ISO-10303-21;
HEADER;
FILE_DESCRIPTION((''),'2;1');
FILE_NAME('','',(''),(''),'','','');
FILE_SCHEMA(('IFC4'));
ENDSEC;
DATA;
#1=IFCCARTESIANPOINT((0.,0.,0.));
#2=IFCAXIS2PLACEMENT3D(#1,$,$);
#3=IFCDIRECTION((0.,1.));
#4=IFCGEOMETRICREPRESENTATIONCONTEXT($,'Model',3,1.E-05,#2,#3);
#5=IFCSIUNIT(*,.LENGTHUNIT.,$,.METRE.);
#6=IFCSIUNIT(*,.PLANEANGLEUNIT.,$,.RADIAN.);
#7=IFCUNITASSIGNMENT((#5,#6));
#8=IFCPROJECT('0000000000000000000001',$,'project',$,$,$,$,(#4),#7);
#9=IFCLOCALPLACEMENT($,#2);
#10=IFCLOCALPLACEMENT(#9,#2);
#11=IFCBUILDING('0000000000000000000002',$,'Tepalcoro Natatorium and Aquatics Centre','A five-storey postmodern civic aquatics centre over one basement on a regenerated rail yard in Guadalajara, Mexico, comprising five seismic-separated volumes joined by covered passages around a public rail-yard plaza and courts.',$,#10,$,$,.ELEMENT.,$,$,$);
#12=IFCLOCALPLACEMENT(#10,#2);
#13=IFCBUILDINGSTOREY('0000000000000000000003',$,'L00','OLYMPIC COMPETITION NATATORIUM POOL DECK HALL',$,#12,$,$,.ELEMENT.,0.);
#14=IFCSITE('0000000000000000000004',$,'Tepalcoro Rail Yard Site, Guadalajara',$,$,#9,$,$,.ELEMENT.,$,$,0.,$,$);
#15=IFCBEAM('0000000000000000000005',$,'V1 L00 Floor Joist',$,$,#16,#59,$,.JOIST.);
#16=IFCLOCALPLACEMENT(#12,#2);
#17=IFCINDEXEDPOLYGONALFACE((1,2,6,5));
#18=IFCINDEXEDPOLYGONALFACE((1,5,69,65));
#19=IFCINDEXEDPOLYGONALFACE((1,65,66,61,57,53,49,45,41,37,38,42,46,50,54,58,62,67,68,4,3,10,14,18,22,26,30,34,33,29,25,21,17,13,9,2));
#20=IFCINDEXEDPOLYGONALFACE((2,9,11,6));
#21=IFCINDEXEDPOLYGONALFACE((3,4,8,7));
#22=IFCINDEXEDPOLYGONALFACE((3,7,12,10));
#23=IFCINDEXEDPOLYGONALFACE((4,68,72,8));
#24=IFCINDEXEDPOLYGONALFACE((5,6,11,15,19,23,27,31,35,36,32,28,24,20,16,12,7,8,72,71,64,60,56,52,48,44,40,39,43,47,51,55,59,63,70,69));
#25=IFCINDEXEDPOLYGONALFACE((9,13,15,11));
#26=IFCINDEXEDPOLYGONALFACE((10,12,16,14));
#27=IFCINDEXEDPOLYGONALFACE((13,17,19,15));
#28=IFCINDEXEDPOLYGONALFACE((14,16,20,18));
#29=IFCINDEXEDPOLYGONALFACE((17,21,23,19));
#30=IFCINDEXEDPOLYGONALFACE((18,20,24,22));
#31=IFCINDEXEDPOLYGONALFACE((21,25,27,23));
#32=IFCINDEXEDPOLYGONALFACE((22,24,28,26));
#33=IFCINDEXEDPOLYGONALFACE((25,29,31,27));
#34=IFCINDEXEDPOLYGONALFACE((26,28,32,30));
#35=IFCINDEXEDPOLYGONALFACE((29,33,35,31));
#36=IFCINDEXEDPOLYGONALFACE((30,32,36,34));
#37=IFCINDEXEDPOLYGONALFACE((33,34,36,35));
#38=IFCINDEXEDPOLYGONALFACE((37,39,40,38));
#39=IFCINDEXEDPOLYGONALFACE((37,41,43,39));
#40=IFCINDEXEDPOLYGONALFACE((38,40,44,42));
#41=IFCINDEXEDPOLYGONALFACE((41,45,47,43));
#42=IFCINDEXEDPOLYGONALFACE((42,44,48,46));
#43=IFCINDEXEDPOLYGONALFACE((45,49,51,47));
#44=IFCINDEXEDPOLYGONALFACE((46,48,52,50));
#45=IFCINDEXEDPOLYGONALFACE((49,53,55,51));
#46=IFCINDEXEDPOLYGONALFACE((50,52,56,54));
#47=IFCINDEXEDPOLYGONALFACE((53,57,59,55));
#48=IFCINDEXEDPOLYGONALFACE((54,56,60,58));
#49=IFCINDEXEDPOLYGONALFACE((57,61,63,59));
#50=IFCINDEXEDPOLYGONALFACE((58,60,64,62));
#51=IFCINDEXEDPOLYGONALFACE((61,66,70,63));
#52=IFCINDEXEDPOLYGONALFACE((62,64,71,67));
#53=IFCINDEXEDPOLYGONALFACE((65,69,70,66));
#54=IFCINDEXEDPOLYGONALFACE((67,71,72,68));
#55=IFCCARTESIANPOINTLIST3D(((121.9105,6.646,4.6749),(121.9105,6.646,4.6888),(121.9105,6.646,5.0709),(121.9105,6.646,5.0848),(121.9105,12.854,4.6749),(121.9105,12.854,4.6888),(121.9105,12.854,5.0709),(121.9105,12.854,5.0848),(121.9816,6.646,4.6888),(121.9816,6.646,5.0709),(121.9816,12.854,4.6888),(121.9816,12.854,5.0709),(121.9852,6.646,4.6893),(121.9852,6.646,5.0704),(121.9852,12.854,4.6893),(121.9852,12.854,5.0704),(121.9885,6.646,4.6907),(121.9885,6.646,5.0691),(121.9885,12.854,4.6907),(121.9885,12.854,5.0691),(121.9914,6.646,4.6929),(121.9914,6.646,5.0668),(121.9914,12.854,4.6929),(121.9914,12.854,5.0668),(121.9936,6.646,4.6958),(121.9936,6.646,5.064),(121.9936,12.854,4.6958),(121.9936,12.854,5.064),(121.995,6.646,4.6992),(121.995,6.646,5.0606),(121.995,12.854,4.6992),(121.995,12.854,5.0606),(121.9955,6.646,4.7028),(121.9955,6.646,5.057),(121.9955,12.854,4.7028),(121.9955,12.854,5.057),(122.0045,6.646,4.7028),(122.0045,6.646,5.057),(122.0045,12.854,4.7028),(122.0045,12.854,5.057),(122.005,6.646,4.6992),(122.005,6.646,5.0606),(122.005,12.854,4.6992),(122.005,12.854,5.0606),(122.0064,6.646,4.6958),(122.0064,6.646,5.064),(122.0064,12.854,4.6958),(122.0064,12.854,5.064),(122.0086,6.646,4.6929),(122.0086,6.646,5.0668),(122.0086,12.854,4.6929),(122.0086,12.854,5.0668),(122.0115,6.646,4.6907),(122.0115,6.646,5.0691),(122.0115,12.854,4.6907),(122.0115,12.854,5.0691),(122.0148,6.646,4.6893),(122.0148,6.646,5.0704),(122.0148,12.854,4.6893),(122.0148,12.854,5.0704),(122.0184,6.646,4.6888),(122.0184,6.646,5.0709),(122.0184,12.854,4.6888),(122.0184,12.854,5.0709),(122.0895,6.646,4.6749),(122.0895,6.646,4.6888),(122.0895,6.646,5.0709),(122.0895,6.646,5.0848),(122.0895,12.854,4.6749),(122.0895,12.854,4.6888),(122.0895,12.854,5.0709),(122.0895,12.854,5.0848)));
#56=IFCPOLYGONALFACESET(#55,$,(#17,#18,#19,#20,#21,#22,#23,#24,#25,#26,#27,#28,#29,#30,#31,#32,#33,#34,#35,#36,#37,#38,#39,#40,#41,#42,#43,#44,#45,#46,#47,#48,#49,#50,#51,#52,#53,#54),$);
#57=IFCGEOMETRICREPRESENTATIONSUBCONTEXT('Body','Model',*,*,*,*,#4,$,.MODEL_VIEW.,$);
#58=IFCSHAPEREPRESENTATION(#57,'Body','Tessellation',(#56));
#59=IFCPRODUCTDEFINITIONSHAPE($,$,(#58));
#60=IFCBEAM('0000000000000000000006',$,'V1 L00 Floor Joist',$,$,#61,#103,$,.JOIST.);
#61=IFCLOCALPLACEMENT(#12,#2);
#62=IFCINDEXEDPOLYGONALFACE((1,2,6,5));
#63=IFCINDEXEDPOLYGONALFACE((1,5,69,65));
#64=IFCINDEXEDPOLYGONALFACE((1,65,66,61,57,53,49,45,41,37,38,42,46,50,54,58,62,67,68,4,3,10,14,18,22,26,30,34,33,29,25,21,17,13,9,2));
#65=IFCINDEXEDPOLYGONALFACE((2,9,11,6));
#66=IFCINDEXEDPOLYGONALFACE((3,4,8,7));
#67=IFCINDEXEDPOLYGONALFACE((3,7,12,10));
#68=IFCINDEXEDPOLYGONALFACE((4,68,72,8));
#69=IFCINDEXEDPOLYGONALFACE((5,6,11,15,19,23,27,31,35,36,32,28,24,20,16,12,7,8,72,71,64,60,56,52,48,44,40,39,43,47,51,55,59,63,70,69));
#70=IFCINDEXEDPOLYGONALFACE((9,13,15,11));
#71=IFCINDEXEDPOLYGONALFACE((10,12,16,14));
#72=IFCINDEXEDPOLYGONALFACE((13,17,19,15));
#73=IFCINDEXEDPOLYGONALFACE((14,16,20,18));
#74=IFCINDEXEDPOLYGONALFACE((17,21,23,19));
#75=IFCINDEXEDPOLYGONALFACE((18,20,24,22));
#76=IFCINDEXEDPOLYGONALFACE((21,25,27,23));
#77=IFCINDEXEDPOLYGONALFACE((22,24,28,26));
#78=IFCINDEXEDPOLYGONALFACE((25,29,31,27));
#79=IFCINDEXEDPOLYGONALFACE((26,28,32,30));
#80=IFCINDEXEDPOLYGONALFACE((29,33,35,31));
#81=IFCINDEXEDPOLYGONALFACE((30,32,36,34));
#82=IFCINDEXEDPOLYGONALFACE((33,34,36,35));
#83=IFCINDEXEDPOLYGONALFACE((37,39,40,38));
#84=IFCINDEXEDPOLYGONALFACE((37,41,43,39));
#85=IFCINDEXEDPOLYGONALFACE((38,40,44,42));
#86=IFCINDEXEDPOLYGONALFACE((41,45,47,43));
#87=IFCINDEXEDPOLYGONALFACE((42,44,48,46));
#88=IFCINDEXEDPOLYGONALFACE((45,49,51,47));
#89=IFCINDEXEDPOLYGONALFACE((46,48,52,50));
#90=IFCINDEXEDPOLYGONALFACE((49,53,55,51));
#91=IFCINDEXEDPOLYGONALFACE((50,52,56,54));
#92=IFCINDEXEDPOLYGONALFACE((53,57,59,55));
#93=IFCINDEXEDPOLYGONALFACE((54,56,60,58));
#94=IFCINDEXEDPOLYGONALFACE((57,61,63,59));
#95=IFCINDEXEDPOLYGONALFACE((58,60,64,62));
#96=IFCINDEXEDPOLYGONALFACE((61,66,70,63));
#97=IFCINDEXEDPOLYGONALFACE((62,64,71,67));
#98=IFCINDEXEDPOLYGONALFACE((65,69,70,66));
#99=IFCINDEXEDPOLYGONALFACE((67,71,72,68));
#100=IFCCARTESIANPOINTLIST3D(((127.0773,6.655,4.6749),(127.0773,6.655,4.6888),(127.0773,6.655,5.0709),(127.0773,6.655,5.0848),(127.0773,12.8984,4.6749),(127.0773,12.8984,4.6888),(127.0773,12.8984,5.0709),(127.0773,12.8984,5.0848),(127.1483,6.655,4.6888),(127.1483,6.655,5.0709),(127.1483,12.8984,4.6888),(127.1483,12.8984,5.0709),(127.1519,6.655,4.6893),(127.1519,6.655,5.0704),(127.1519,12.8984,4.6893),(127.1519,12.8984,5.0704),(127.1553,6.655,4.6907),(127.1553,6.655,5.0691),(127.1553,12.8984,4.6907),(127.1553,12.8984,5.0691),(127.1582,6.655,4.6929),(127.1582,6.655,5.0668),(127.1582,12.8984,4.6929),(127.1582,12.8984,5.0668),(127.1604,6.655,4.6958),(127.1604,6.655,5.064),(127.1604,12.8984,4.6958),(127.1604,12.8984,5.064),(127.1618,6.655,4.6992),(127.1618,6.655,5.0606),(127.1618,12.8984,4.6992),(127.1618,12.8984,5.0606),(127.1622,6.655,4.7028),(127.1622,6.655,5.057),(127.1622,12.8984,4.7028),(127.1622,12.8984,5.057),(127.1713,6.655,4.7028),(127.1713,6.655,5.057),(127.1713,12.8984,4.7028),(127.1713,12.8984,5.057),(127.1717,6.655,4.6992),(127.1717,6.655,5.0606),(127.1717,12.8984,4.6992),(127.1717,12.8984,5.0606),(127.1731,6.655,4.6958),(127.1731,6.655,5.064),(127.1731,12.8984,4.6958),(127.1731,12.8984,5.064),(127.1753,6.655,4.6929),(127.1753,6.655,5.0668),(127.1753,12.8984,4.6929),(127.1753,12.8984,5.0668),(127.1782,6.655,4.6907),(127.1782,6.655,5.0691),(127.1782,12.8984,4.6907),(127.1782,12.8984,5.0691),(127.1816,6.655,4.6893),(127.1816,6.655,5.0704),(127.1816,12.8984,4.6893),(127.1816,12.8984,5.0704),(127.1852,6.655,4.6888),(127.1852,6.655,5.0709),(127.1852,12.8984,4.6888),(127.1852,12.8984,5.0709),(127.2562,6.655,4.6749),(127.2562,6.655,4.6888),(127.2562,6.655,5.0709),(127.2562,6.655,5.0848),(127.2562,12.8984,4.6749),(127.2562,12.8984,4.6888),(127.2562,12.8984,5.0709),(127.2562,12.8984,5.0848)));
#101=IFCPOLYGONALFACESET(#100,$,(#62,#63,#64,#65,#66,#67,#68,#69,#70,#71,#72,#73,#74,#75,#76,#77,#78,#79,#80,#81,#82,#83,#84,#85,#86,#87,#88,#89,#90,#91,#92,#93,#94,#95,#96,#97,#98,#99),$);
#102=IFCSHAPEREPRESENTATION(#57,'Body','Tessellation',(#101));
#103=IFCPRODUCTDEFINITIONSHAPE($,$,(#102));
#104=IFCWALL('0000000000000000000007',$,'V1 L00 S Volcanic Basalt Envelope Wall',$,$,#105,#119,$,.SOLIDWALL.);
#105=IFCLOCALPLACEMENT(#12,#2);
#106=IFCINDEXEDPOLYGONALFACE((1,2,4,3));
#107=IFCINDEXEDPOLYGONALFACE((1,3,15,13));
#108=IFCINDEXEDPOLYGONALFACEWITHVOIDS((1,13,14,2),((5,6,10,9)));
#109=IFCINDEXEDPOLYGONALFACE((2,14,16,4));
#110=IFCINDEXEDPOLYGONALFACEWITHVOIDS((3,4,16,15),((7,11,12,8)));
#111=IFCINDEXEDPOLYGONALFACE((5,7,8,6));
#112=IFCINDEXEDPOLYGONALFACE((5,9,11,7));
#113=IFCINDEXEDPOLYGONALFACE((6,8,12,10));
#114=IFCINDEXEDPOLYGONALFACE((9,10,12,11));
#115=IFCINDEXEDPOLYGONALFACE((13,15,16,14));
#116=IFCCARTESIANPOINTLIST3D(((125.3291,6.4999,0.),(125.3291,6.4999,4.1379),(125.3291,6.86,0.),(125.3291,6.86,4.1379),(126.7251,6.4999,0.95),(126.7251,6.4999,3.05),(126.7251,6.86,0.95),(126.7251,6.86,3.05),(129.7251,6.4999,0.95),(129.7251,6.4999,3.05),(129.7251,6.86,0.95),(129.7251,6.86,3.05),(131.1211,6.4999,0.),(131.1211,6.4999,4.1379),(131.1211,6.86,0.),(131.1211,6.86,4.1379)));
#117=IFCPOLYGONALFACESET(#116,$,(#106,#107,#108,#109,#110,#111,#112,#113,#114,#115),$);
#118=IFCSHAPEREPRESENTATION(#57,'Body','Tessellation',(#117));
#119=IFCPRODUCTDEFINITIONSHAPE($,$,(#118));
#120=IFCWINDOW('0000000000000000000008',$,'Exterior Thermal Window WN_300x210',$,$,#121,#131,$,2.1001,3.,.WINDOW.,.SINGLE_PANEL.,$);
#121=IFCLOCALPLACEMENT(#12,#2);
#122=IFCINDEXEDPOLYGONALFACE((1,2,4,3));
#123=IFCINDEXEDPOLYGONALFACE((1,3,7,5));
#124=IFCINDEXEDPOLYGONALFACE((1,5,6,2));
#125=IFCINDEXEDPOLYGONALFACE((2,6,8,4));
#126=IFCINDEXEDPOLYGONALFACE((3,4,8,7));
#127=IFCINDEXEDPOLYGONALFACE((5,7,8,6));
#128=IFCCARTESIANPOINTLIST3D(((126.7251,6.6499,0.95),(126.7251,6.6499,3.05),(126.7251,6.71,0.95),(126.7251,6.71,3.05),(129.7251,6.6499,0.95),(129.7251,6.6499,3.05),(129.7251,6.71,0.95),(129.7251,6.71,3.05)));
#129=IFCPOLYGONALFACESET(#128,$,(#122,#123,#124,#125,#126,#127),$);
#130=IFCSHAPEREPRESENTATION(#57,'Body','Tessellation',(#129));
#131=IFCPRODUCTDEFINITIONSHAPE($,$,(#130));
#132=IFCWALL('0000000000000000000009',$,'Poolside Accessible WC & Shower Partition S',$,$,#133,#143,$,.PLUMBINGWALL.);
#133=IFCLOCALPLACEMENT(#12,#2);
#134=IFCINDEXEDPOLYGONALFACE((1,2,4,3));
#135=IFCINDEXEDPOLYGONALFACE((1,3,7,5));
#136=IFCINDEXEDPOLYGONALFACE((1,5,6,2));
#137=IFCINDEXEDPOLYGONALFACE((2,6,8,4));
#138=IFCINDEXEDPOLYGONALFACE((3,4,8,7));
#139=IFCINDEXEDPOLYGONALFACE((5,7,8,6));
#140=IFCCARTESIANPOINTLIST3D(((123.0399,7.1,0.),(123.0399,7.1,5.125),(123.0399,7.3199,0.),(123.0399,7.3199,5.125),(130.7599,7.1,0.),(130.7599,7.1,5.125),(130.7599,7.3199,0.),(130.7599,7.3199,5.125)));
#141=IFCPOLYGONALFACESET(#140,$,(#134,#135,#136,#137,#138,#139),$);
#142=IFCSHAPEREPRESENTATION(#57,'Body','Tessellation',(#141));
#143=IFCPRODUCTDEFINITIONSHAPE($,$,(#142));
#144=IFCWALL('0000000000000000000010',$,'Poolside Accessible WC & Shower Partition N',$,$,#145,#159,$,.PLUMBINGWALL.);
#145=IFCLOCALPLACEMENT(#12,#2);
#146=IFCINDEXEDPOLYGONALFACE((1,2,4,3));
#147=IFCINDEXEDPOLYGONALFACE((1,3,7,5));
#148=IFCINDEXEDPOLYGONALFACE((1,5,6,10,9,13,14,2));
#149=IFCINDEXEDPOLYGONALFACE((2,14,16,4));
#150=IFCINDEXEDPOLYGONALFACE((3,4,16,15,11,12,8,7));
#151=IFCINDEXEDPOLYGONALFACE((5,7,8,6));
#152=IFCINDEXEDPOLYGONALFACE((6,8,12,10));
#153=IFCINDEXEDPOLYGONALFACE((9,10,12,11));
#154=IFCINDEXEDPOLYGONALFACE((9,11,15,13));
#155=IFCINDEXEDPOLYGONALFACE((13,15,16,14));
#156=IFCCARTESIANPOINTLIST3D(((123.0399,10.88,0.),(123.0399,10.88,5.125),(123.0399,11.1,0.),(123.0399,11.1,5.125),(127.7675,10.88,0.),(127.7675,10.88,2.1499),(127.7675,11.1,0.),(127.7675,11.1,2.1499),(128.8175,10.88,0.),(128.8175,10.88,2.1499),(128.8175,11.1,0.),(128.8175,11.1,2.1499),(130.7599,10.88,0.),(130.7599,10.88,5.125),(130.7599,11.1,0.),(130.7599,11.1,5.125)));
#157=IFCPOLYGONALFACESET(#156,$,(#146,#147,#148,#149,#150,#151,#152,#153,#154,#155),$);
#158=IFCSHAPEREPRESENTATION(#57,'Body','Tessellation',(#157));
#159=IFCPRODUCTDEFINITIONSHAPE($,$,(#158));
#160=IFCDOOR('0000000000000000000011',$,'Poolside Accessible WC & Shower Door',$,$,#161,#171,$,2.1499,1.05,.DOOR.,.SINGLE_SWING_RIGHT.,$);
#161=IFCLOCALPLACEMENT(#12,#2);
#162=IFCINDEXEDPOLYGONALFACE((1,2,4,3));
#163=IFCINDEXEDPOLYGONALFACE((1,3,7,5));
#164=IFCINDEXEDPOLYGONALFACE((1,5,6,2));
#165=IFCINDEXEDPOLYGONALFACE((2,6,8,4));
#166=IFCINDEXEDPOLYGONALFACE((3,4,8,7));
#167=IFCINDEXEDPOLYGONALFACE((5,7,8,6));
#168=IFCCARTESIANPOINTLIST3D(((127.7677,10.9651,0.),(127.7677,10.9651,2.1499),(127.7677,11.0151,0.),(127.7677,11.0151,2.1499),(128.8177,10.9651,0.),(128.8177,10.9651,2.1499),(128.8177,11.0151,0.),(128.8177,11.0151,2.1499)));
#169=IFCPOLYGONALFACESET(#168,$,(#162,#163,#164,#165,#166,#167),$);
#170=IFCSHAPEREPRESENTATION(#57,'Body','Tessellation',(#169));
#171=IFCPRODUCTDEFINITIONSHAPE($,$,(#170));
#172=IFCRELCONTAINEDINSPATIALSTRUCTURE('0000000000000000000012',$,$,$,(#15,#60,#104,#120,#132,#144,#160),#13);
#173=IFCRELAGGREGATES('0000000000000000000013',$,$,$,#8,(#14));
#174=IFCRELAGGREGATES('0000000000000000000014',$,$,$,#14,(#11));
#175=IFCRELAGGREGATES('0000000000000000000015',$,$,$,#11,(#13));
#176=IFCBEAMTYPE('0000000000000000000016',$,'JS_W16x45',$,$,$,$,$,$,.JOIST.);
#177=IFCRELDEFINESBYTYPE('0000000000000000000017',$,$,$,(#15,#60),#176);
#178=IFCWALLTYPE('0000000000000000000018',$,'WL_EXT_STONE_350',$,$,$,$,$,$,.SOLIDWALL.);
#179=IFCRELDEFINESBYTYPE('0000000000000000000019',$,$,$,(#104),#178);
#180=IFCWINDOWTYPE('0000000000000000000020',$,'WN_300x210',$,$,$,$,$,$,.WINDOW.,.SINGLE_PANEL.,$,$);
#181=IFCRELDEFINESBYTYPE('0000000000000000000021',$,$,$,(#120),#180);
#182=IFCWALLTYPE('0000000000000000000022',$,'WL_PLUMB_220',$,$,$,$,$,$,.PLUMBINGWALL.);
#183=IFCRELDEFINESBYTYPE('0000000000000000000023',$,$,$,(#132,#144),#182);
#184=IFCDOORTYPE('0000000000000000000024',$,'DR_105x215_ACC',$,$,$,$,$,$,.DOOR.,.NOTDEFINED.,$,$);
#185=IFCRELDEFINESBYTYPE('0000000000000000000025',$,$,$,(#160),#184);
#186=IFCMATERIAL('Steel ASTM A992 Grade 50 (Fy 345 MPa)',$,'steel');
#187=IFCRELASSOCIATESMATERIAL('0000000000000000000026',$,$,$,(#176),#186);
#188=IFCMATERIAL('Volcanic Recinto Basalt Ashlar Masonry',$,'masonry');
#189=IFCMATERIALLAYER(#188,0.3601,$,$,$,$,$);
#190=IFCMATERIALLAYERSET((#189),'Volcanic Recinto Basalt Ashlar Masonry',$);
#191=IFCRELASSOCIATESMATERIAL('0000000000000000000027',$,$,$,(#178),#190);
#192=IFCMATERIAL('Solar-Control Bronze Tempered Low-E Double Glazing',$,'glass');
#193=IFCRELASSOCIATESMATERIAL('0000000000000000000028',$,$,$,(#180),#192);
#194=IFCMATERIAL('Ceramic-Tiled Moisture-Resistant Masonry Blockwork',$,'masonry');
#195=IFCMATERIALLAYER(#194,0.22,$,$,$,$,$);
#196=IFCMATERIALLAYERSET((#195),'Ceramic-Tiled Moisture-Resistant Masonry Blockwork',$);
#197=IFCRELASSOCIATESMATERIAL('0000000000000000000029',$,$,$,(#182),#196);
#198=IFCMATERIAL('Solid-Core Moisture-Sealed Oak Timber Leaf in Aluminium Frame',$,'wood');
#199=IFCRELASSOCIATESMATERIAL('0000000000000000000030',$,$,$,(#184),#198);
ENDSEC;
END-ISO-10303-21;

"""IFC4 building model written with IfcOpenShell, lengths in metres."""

from ifc_helpers import new_model, si_unit, direction, frame, frame_2d, origin, origin_2d, place, context, subcontext, project, spatial, rectangle, i_section, extrude, material, layer, layer_set, material_profile, profile_set, type_object, element, fill, save


model = new_model("IFC4")

# Units and contexts
model_context = context("Model", 3, precision=1e-05, world=origin(), true_north=direction((0.0, 1.0)))
body_context = subcontext(model_context, "Body", "Model", "MODEL_VIEW")
ifc_project = project(units=[si_unit("LENGTHUNIT", "METRE"), si_unit("PLANEANGLEUNIT", "RADIAN")], contexts=[model_context])

# Site, building, storey
site_placement = place(None, origin())
site = spatial("IfcSite", under=ifc_project, at=site_placement, Name="Tepalcoro Rail Yard Site, Guadalajara", CompositionType="ELEMENT", RefElevation=0.0)
building_placement = place(site_placement, origin())
building = spatial("IfcBuilding", under=site, at=building_placement, Name="Tepalcoro Natatorium and Aquatics Centre", Description="A five-storey postmodern civic aquatics centre over one basement on a regenerated rail yard in Guadalajara, Mexico, comprising five seismic-separated volumes joined by covered passages around a public rail-yard plaza and courts.", CompositionType="ELEMENT")
storey_placement = place(building_placement, origin())
storey = spatial("IfcBuildingStorey", under=building, at=storey_placement, Name="L00", Description="OLYMPIC COMPETITION NATATORIUM POOL DECK HALL", CompositionType="ELEMENT", Elevation=0.0)

# Beams
ifc_material_1 = material(Name="Steel ASTM A992 Grade 50 (Fy 345 MPa)", Category="steel")
ifc_material_profile_1 = material_profile(ifc_material_1, i_section(OverallWidth=0.179, OverallDepth=0.4099, WebThickness=0.009, FlangeThickness=0.0139, FilletRadius=0.0139, at=origin_2d()), Name="W16X45")
ifc_profile_set_1 = profile_set([ifc_material_profile_1], Name="Steel ASTM A992 Grade 50 (Fy 345 MPa)")
beam_type_1 = type_object("IfcBeamType", Name="JS_W16x45", PredefinedType="JOIST", material=ifc_profile_set_1)
beam_1_placement = place(storey_placement, frame((122.0, 6.646, 4.8799), z_axis=(0.0, 1.0, 0.0), x_axis=(-1.0, 0.0, 0.0)))
element("IfcBeam", 1, at=beam_1_placement, inside=storey, type_object=beam_type_1, Name="V1 L00 Floor Joist", PredefinedType="JOIST", context=body_context, shape_type="SweptSolid", body=[
    extrude(i_section(OverallWidth=0.179, OverallDepth=0.4099, WebThickness=0.009, FlangeThickness=0.0139, FilletRadius=0.0139, at=origin_2d()), origin(), (0.0, 0.0, 1.0), 6.208),
])
beam_2_placement = place(storey_placement, frame((127.1667, 6.655, 4.8799), z_axis=(0.0, 1.0, 0.0), x_axis=(-1.0, 0.0, 0.0)))
element("IfcBeam", 2, at=beam_2_placement, inside=storey, type_object=beam_type_1, Name="V1 L00 Floor Joist", PredefinedType="JOIST", context=body_context, shape_type="SweptSolid", body=[
    extrude(i_section(OverallWidth=0.179, OverallDepth=0.4099, WebThickness=0.009, FlangeThickness=0.0139, FilletRadius=0.0139, at=origin_2d()), origin(), (0.0, 0.0, 1.0), 6.2434),
])

# Wall, opening, window
ifc_material_2 = material(Name="Volcanic Recinto Basalt Ashlar Masonry", Category="masonry")
ifc_layer_1 = layer(ifc_material_2, 0.3601)
ifc_layer_set_1 = layer_set([ifc_layer_1], Name="Volcanic Recinto Basalt Ashlar Masonry")
wall_type_1 = type_object("IfcWallType", Name="WL_EXT_STONE_350", PredefinedType="SOLIDWALL", material=ifc_layer_set_1)
wall_1_placement = place(storey_placement, frame((125.3291, 6.6799, 0.0), z_axis=(0.0, 0.0, 1.0), x_axis=(1.0, 0.0, 0.0)))
wall_1 = element("IfcWall", 3, at=wall_1_placement, inside=storey, type_object=wall_type_1, Name="V1 L00 S Volcanic Basalt Envelope Wall", PredefinedType="SOLIDWALL", context=body_context, shape_type="SweptSolid", body=[
    extrude(rectangle(XDim=5.792, YDim=0.3601, at=frame_2d((2.896, 0.0))), origin(), (0.0, 0.0, 1.0), 4.1379),
])
opening_1_placement = place(wall_1_placement, frame((1.396, 0.0, 0.95)))
opening_1 = element("IfcOpeningElement", 4, at=opening_1_placement, cuts=wall_1, PredefinedType="OPENING", context=body_context, shape_type="SweptSolid", body=[
    extrude(rectangle(XDim=3.0, YDim=2.1001, at=frame_2d((1.5, 1.05))), frame((0.0, 0.1919, 0.0), z_axis=(0.0, -1.0, 0.0), x_axis=(1.0, 0.0, 0.0)), (0.0, 0.0, 1.0), 0.384),
])
ifc_material_3 = material(Name="Solar-Control Bronze Tempered Low-E Double Glazing", Category="glass")
window_type = type_object("IfcWindowType", Name="WN_300x210", PartitioningType="SINGLE_PANEL", PredefinedType="WINDOW", material=ifc_material_3)
window_placement = place(opening_1_placement, origin())
window = element("IfcWindow", 5, at=window_placement, inside=storey, type_object=window_type, Name="Exterior Thermal Window WN_300x210", OverallHeight=2.1001, OverallWidth=3.0, PartitioningType="SINGLE_PANEL", PredefinedType="WINDOW", context=body_context, shape_type="SweptSolid", body=[
    extrude(rectangle(XDim=3.0, YDim=2.1001, at=frame_2d((1.5, 1.05))), frame((0.0, 0.03, 0.0), z_axis=(0.0, -1.0, 0.0), x_axis=(1.0, 0.0, 0.0)), (0.0, 0.0, 1.0), 0.0601),
])
fill(opening_1, window)

# Wall
ifc_material_4 = material(Name="Ceramic-Tiled Moisture-Resistant Masonry Blockwork", Category="masonry")
ifc_layer_2 = layer(ifc_material_4, 0.22)
ifc_layer_set_2 = layer_set([ifc_layer_2], Name="Ceramic-Tiled Moisture-Resistant Masonry Blockwork")
wall_type_2 = type_object("IfcWallType", Name="WL_PLUMB_220", PredefinedType="PLUMBINGWALL", material=ifc_layer_set_2)
wall_2_placement = place(storey_placement, frame((123.04, 7.21, 0.0), z_axis=(0.0, 0.0, 1.0), x_axis=(1.0, 0.0, 0.0)))
element("IfcWall", 6, at=wall_2_placement, inside=storey, type_object=wall_type_2, Name="Poolside Accessible WC & Shower Partition S", PredefinedType="PLUMBINGWALL", context=body_context, shape_type="SweptSolid", body=[
    extrude(rectangle(XDim=7.72, YDim=0.22, at=frame_2d((3.8599, 0.0))), origin(), (0.0, 0.0, 1.0), 5.125),
])

# Wall, opening, door
wall_3_placement = place(storey_placement, frame((123.04, 10.99, 0.0), z_axis=(0.0, 0.0, 1.0), x_axis=(1.0, 0.0, 0.0)))
wall_3 = element("IfcWall", 7, at=wall_3_placement, inside=storey, type_object=wall_type_2, Name="Poolside Accessible WC & Shower Partition N", PredefinedType="PLUMBINGWALL", context=body_context, shape_type="SweptSolid", body=[
    extrude(rectangle(XDim=7.72, YDim=0.22, at=frame_2d((3.8599, 0.0))), origin(), (0.0, 0.0, 1.0), 5.125),
])
opening_2_placement = place(wall_3_placement, frame((4.7275, 0.0, 0.0)))
opening_2 = element("IfcOpeningElement", 8, at=opening_2_placement, cuts=wall_3, PredefinedType="OPENING", context=body_context, shape_type="SweptSolid", body=[
    extrude(rectangle(XDim=1.05, YDim=2.1499, at=frame_2d((0.5249, 1.075))), frame((0.0, 0.1221, 0.0), z_axis=(0.0, -1.0, 0.0), x_axis=(1.0, 0.0, 0.0)), (0.0, 0.0, 1.0), 0.2439),
])
ifc_material_5 = material(Name="Solid-Core Moisture-Sealed Oak Timber Leaf in Aluminium Frame", Category="wood")
door_type = type_object("IfcDoorType", Name="DR_105x215_ACC", OperationType="NOTDEFINED", PredefinedType="DOOR", material=ifc_material_5)
door_placement = place(opening_2_placement, frame((1.05, 0.0, 0.0), z_axis=(0.0, 0.0, 1.0), x_axis=(-1.0, 0.0, 0.0)))
door = element("IfcDoor", 9, at=door_placement, inside=storey, type_object=door_type, Name="Poolside Accessible WC & Shower Door", OperationType="SINGLE_SWING_RIGHT", OverallHeight=2.1499, OverallWidth=1.05, PredefinedType="DOOR", context=body_context, shape_type="SweptSolid", body=[
    extrude(rectangle(XDim=1.05, YDim=2.1499, at=frame_2d((0.5249, 1.075))), frame((0.0, 0.0249, 0.0), z_axis=(0.0, -1.0, 0.0), x_axis=(1.0, 0.0, 0.0)), (0.0, 0.0, 1.0), 0.05),
])
fill(opening_2, door)

save(model, "model.ifc")
